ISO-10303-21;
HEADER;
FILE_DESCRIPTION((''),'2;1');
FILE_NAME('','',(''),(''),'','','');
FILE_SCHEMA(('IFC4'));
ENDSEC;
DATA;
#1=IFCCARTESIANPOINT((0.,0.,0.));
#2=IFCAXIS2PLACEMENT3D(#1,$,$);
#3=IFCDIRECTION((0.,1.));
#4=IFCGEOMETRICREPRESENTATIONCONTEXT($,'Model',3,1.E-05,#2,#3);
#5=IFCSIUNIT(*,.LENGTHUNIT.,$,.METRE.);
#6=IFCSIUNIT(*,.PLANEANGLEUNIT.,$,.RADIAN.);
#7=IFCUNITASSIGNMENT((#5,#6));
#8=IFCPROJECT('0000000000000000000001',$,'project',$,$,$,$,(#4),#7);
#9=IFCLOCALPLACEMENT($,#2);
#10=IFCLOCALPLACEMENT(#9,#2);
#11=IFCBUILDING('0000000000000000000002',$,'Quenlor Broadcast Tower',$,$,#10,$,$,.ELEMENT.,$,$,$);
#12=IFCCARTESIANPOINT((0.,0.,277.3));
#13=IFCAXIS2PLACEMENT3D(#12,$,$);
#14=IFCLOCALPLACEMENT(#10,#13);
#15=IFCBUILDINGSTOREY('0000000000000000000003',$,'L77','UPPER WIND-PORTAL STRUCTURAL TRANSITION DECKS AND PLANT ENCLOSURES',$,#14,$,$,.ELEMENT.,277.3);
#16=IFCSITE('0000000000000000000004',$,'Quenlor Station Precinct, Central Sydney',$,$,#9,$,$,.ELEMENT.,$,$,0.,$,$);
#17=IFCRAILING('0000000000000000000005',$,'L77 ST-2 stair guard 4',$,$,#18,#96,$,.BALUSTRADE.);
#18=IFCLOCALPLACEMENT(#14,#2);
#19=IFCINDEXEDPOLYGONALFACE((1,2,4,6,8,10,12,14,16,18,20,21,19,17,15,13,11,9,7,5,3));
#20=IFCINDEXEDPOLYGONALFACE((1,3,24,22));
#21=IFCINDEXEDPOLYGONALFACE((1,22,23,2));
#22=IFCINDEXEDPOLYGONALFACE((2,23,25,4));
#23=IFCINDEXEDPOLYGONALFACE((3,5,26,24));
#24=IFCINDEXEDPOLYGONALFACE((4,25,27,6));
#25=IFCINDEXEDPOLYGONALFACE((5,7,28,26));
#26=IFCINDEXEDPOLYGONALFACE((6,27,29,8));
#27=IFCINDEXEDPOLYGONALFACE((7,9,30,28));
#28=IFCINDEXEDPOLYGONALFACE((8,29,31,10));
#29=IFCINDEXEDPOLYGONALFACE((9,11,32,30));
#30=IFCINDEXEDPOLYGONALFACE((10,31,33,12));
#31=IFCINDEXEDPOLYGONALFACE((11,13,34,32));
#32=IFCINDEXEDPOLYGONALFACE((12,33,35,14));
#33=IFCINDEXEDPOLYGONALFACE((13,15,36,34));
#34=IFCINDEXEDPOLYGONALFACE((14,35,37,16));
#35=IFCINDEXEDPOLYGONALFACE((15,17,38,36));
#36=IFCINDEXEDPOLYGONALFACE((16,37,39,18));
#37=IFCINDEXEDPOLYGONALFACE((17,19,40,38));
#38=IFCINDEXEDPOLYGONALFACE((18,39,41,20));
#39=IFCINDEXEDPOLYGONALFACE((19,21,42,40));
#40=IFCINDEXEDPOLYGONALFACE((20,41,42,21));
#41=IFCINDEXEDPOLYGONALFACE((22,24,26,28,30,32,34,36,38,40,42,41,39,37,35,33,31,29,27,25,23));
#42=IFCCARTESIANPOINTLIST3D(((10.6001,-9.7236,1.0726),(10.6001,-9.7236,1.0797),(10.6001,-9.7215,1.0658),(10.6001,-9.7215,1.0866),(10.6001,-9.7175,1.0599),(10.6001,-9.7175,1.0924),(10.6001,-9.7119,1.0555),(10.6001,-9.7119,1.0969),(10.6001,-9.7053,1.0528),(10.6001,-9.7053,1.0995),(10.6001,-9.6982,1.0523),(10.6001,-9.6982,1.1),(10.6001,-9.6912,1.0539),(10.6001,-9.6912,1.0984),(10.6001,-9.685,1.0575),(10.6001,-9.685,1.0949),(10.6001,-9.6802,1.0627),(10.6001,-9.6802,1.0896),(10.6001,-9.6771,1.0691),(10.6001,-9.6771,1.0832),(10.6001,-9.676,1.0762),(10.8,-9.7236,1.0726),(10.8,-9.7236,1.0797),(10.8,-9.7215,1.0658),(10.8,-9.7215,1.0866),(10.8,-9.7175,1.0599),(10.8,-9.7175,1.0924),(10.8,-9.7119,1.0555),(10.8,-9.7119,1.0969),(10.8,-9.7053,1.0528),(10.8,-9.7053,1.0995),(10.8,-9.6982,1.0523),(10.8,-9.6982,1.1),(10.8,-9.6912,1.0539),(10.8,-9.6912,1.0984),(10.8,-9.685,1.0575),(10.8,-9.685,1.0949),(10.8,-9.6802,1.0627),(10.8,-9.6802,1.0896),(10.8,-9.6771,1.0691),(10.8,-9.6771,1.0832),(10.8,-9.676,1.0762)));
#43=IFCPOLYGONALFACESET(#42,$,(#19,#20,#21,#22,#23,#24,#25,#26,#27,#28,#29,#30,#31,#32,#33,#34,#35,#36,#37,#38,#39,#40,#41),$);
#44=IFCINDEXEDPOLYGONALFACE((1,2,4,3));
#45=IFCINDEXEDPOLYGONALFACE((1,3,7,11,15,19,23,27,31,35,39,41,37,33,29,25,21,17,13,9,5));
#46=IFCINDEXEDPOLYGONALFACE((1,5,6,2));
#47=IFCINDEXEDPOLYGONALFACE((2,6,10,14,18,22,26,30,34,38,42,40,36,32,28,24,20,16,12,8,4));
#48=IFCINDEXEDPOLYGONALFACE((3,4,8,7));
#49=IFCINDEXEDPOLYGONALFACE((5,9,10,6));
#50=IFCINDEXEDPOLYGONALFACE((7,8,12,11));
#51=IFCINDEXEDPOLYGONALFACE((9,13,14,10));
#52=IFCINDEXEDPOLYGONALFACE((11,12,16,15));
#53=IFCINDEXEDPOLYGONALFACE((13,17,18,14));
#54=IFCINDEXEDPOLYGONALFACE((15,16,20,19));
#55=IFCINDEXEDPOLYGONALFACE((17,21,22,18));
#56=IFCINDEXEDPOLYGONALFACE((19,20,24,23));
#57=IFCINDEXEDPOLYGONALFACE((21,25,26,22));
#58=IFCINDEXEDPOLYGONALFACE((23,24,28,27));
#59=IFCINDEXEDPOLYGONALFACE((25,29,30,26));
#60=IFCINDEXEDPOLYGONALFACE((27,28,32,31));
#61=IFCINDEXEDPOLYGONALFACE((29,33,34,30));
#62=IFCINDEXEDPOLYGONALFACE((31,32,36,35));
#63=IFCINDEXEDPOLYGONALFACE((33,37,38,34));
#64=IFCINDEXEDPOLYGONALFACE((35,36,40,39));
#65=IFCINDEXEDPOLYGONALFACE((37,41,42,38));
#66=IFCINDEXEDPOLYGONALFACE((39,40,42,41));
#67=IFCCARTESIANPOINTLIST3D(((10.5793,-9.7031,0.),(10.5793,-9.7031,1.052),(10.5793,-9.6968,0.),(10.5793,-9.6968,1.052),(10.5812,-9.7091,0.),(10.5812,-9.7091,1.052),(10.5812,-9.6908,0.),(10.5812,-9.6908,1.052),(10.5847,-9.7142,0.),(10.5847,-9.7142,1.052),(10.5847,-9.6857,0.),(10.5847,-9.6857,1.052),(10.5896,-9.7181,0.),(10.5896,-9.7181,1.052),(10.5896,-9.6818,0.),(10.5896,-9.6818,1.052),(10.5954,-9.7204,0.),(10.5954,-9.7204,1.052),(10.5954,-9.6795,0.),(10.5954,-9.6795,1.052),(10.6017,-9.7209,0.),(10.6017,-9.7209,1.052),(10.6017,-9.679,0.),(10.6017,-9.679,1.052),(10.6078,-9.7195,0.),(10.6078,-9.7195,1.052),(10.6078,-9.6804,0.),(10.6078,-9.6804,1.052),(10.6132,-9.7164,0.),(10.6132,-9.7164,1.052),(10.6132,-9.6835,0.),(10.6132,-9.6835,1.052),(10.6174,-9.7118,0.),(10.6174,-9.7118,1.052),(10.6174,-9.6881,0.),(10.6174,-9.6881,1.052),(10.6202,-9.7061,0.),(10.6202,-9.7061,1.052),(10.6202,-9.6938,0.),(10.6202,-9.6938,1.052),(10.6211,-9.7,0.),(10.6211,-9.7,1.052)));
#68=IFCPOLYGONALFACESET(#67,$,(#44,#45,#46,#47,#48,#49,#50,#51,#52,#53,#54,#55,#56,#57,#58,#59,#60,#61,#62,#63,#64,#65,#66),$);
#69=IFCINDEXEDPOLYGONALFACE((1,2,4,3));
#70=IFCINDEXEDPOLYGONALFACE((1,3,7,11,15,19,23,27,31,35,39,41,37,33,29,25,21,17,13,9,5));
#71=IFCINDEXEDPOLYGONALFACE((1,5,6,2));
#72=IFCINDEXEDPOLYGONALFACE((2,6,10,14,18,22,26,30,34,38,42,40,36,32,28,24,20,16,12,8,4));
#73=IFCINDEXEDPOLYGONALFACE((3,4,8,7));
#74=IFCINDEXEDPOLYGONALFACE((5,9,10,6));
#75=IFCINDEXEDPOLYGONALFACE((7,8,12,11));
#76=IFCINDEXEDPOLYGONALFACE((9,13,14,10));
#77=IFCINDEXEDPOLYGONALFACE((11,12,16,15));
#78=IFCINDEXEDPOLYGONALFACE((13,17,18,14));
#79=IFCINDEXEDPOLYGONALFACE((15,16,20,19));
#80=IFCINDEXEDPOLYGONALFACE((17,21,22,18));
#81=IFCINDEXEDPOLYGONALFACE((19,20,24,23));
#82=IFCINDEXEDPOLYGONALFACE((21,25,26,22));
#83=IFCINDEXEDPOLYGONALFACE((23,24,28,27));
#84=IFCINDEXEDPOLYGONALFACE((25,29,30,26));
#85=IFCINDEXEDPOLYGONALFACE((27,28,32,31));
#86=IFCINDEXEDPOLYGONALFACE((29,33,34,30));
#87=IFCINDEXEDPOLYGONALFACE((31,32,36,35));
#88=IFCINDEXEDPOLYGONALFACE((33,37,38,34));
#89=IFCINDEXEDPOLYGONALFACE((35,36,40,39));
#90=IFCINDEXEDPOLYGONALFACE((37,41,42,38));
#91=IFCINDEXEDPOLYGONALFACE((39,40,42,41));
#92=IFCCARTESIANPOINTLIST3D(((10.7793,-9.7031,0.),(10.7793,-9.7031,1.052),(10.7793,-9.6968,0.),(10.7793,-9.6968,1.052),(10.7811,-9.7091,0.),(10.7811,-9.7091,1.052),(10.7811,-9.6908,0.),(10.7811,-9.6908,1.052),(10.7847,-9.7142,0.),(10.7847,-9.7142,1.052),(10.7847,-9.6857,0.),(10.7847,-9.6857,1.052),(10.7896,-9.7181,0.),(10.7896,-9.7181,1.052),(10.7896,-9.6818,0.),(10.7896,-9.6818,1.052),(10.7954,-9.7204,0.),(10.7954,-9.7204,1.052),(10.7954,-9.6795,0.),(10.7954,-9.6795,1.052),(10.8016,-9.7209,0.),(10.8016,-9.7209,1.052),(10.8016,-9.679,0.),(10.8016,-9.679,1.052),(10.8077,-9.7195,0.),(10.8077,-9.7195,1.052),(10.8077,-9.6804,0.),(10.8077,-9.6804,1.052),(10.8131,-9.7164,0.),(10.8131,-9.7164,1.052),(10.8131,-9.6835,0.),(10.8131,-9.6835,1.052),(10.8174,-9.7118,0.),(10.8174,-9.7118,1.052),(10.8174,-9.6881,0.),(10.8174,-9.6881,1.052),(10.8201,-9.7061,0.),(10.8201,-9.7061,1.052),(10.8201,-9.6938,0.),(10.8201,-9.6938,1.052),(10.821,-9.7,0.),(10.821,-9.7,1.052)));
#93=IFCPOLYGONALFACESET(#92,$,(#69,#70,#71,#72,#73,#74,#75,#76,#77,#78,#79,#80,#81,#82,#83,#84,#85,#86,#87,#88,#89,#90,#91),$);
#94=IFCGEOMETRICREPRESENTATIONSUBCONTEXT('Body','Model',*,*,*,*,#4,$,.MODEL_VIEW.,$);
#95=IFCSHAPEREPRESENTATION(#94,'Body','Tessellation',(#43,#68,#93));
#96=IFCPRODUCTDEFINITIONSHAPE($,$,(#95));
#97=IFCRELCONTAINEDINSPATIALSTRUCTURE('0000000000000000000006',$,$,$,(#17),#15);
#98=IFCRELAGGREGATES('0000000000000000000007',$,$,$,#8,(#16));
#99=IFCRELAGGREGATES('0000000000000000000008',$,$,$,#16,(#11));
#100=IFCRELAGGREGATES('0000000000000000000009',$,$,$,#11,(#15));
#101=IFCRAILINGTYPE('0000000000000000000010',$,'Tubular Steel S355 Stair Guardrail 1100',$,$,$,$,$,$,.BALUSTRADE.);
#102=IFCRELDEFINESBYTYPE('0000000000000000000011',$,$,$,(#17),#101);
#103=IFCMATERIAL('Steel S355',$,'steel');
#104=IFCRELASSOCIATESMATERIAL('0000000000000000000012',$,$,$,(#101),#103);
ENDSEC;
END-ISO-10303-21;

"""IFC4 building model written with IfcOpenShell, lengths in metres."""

from ifc_helpers import new_model, si_unit, direction, frame, origin, origin_2d, place, context, subcontext, project, spatial, circle, extrude, material, type_object, element, save


model = new_model("IFC4")

# Units and contexts
model_context = context("Model", 3, precision=1e-05, world=origin(), true_north=direction((0.0, 1.0)))
body_context = subcontext(model_context, "Body", "Model", "MODEL_VIEW")
ifc_project = project(units=[si_unit("LENGTHUNIT", "METRE"), si_unit("PLANEANGLEUNIT", "RADIAN")], contexts=[model_context])

# Site, building, storey
site_placement = place(None, origin())
site = spatial("IfcSite", under=ifc_project, at=site_placement, Name="Quenlor Station Precinct, Central Sydney", CompositionType="ELEMENT", RefElevation=0.0)
building_placement = place(site_placement, origin())
building = spatial("IfcBuilding", under=site, at=building_placement, Name="Quenlor Broadcast Tower", CompositionType="ELEMENT")
storey_placement = place(building_placement, frame((0.0, 0.0, 277.3)))
storey = spatial("IfcBuildingStorey", under=building, at=storey_placement, Name="L77", Description="UPPER WIND-PORTAL STRUCTURAL TRANSITION DECKS AND PLANT ENCLOSURES", CompositionType="ELEMENT", Elevation=277.3)

# Railing
ifc_material_1 = material(Name="Steel S355", Category="steel")
railing_type_1 = type_object("IfcRailingType", Name="Tubular Steel S355 Stair Guardrail 1100", PredefinedType="BALUSTRADE", material=ifc_material_1)
railing_1_placement = place(storey_placement, frame((10.6001, -9.7, 0.0)))
element("IfcRailing", 1, at=railing_1_placement, inside=storey, type_object=railing_type_1, Name="L77 ST-2 stair guard 4", PredefinedType="BALUSTRADE", context=body_context, shape_type="SweptSolid", body=[
    extrude(circle(Radius=0.0239, at=origin_2d()), frame((0.0, 0.0, 1.0762), z_axis=(1.0, 0.0, 0.0), x_axis=(0.0, 1.0, 0.0)), (0.0, 0.0, 1.0), 0.2),
    extrude(circle(Radius=0.021, at=origin_2d()), origin(), (0.0, 0.0, 1.0), 1.052),
    extrude(circle(Radius=0.021, at=origin_2d()), frame((0.2, 0.0, 0.0)), (0.0, 0.0, 1.0), 1.052),
])

save(model, "model.ifc")
